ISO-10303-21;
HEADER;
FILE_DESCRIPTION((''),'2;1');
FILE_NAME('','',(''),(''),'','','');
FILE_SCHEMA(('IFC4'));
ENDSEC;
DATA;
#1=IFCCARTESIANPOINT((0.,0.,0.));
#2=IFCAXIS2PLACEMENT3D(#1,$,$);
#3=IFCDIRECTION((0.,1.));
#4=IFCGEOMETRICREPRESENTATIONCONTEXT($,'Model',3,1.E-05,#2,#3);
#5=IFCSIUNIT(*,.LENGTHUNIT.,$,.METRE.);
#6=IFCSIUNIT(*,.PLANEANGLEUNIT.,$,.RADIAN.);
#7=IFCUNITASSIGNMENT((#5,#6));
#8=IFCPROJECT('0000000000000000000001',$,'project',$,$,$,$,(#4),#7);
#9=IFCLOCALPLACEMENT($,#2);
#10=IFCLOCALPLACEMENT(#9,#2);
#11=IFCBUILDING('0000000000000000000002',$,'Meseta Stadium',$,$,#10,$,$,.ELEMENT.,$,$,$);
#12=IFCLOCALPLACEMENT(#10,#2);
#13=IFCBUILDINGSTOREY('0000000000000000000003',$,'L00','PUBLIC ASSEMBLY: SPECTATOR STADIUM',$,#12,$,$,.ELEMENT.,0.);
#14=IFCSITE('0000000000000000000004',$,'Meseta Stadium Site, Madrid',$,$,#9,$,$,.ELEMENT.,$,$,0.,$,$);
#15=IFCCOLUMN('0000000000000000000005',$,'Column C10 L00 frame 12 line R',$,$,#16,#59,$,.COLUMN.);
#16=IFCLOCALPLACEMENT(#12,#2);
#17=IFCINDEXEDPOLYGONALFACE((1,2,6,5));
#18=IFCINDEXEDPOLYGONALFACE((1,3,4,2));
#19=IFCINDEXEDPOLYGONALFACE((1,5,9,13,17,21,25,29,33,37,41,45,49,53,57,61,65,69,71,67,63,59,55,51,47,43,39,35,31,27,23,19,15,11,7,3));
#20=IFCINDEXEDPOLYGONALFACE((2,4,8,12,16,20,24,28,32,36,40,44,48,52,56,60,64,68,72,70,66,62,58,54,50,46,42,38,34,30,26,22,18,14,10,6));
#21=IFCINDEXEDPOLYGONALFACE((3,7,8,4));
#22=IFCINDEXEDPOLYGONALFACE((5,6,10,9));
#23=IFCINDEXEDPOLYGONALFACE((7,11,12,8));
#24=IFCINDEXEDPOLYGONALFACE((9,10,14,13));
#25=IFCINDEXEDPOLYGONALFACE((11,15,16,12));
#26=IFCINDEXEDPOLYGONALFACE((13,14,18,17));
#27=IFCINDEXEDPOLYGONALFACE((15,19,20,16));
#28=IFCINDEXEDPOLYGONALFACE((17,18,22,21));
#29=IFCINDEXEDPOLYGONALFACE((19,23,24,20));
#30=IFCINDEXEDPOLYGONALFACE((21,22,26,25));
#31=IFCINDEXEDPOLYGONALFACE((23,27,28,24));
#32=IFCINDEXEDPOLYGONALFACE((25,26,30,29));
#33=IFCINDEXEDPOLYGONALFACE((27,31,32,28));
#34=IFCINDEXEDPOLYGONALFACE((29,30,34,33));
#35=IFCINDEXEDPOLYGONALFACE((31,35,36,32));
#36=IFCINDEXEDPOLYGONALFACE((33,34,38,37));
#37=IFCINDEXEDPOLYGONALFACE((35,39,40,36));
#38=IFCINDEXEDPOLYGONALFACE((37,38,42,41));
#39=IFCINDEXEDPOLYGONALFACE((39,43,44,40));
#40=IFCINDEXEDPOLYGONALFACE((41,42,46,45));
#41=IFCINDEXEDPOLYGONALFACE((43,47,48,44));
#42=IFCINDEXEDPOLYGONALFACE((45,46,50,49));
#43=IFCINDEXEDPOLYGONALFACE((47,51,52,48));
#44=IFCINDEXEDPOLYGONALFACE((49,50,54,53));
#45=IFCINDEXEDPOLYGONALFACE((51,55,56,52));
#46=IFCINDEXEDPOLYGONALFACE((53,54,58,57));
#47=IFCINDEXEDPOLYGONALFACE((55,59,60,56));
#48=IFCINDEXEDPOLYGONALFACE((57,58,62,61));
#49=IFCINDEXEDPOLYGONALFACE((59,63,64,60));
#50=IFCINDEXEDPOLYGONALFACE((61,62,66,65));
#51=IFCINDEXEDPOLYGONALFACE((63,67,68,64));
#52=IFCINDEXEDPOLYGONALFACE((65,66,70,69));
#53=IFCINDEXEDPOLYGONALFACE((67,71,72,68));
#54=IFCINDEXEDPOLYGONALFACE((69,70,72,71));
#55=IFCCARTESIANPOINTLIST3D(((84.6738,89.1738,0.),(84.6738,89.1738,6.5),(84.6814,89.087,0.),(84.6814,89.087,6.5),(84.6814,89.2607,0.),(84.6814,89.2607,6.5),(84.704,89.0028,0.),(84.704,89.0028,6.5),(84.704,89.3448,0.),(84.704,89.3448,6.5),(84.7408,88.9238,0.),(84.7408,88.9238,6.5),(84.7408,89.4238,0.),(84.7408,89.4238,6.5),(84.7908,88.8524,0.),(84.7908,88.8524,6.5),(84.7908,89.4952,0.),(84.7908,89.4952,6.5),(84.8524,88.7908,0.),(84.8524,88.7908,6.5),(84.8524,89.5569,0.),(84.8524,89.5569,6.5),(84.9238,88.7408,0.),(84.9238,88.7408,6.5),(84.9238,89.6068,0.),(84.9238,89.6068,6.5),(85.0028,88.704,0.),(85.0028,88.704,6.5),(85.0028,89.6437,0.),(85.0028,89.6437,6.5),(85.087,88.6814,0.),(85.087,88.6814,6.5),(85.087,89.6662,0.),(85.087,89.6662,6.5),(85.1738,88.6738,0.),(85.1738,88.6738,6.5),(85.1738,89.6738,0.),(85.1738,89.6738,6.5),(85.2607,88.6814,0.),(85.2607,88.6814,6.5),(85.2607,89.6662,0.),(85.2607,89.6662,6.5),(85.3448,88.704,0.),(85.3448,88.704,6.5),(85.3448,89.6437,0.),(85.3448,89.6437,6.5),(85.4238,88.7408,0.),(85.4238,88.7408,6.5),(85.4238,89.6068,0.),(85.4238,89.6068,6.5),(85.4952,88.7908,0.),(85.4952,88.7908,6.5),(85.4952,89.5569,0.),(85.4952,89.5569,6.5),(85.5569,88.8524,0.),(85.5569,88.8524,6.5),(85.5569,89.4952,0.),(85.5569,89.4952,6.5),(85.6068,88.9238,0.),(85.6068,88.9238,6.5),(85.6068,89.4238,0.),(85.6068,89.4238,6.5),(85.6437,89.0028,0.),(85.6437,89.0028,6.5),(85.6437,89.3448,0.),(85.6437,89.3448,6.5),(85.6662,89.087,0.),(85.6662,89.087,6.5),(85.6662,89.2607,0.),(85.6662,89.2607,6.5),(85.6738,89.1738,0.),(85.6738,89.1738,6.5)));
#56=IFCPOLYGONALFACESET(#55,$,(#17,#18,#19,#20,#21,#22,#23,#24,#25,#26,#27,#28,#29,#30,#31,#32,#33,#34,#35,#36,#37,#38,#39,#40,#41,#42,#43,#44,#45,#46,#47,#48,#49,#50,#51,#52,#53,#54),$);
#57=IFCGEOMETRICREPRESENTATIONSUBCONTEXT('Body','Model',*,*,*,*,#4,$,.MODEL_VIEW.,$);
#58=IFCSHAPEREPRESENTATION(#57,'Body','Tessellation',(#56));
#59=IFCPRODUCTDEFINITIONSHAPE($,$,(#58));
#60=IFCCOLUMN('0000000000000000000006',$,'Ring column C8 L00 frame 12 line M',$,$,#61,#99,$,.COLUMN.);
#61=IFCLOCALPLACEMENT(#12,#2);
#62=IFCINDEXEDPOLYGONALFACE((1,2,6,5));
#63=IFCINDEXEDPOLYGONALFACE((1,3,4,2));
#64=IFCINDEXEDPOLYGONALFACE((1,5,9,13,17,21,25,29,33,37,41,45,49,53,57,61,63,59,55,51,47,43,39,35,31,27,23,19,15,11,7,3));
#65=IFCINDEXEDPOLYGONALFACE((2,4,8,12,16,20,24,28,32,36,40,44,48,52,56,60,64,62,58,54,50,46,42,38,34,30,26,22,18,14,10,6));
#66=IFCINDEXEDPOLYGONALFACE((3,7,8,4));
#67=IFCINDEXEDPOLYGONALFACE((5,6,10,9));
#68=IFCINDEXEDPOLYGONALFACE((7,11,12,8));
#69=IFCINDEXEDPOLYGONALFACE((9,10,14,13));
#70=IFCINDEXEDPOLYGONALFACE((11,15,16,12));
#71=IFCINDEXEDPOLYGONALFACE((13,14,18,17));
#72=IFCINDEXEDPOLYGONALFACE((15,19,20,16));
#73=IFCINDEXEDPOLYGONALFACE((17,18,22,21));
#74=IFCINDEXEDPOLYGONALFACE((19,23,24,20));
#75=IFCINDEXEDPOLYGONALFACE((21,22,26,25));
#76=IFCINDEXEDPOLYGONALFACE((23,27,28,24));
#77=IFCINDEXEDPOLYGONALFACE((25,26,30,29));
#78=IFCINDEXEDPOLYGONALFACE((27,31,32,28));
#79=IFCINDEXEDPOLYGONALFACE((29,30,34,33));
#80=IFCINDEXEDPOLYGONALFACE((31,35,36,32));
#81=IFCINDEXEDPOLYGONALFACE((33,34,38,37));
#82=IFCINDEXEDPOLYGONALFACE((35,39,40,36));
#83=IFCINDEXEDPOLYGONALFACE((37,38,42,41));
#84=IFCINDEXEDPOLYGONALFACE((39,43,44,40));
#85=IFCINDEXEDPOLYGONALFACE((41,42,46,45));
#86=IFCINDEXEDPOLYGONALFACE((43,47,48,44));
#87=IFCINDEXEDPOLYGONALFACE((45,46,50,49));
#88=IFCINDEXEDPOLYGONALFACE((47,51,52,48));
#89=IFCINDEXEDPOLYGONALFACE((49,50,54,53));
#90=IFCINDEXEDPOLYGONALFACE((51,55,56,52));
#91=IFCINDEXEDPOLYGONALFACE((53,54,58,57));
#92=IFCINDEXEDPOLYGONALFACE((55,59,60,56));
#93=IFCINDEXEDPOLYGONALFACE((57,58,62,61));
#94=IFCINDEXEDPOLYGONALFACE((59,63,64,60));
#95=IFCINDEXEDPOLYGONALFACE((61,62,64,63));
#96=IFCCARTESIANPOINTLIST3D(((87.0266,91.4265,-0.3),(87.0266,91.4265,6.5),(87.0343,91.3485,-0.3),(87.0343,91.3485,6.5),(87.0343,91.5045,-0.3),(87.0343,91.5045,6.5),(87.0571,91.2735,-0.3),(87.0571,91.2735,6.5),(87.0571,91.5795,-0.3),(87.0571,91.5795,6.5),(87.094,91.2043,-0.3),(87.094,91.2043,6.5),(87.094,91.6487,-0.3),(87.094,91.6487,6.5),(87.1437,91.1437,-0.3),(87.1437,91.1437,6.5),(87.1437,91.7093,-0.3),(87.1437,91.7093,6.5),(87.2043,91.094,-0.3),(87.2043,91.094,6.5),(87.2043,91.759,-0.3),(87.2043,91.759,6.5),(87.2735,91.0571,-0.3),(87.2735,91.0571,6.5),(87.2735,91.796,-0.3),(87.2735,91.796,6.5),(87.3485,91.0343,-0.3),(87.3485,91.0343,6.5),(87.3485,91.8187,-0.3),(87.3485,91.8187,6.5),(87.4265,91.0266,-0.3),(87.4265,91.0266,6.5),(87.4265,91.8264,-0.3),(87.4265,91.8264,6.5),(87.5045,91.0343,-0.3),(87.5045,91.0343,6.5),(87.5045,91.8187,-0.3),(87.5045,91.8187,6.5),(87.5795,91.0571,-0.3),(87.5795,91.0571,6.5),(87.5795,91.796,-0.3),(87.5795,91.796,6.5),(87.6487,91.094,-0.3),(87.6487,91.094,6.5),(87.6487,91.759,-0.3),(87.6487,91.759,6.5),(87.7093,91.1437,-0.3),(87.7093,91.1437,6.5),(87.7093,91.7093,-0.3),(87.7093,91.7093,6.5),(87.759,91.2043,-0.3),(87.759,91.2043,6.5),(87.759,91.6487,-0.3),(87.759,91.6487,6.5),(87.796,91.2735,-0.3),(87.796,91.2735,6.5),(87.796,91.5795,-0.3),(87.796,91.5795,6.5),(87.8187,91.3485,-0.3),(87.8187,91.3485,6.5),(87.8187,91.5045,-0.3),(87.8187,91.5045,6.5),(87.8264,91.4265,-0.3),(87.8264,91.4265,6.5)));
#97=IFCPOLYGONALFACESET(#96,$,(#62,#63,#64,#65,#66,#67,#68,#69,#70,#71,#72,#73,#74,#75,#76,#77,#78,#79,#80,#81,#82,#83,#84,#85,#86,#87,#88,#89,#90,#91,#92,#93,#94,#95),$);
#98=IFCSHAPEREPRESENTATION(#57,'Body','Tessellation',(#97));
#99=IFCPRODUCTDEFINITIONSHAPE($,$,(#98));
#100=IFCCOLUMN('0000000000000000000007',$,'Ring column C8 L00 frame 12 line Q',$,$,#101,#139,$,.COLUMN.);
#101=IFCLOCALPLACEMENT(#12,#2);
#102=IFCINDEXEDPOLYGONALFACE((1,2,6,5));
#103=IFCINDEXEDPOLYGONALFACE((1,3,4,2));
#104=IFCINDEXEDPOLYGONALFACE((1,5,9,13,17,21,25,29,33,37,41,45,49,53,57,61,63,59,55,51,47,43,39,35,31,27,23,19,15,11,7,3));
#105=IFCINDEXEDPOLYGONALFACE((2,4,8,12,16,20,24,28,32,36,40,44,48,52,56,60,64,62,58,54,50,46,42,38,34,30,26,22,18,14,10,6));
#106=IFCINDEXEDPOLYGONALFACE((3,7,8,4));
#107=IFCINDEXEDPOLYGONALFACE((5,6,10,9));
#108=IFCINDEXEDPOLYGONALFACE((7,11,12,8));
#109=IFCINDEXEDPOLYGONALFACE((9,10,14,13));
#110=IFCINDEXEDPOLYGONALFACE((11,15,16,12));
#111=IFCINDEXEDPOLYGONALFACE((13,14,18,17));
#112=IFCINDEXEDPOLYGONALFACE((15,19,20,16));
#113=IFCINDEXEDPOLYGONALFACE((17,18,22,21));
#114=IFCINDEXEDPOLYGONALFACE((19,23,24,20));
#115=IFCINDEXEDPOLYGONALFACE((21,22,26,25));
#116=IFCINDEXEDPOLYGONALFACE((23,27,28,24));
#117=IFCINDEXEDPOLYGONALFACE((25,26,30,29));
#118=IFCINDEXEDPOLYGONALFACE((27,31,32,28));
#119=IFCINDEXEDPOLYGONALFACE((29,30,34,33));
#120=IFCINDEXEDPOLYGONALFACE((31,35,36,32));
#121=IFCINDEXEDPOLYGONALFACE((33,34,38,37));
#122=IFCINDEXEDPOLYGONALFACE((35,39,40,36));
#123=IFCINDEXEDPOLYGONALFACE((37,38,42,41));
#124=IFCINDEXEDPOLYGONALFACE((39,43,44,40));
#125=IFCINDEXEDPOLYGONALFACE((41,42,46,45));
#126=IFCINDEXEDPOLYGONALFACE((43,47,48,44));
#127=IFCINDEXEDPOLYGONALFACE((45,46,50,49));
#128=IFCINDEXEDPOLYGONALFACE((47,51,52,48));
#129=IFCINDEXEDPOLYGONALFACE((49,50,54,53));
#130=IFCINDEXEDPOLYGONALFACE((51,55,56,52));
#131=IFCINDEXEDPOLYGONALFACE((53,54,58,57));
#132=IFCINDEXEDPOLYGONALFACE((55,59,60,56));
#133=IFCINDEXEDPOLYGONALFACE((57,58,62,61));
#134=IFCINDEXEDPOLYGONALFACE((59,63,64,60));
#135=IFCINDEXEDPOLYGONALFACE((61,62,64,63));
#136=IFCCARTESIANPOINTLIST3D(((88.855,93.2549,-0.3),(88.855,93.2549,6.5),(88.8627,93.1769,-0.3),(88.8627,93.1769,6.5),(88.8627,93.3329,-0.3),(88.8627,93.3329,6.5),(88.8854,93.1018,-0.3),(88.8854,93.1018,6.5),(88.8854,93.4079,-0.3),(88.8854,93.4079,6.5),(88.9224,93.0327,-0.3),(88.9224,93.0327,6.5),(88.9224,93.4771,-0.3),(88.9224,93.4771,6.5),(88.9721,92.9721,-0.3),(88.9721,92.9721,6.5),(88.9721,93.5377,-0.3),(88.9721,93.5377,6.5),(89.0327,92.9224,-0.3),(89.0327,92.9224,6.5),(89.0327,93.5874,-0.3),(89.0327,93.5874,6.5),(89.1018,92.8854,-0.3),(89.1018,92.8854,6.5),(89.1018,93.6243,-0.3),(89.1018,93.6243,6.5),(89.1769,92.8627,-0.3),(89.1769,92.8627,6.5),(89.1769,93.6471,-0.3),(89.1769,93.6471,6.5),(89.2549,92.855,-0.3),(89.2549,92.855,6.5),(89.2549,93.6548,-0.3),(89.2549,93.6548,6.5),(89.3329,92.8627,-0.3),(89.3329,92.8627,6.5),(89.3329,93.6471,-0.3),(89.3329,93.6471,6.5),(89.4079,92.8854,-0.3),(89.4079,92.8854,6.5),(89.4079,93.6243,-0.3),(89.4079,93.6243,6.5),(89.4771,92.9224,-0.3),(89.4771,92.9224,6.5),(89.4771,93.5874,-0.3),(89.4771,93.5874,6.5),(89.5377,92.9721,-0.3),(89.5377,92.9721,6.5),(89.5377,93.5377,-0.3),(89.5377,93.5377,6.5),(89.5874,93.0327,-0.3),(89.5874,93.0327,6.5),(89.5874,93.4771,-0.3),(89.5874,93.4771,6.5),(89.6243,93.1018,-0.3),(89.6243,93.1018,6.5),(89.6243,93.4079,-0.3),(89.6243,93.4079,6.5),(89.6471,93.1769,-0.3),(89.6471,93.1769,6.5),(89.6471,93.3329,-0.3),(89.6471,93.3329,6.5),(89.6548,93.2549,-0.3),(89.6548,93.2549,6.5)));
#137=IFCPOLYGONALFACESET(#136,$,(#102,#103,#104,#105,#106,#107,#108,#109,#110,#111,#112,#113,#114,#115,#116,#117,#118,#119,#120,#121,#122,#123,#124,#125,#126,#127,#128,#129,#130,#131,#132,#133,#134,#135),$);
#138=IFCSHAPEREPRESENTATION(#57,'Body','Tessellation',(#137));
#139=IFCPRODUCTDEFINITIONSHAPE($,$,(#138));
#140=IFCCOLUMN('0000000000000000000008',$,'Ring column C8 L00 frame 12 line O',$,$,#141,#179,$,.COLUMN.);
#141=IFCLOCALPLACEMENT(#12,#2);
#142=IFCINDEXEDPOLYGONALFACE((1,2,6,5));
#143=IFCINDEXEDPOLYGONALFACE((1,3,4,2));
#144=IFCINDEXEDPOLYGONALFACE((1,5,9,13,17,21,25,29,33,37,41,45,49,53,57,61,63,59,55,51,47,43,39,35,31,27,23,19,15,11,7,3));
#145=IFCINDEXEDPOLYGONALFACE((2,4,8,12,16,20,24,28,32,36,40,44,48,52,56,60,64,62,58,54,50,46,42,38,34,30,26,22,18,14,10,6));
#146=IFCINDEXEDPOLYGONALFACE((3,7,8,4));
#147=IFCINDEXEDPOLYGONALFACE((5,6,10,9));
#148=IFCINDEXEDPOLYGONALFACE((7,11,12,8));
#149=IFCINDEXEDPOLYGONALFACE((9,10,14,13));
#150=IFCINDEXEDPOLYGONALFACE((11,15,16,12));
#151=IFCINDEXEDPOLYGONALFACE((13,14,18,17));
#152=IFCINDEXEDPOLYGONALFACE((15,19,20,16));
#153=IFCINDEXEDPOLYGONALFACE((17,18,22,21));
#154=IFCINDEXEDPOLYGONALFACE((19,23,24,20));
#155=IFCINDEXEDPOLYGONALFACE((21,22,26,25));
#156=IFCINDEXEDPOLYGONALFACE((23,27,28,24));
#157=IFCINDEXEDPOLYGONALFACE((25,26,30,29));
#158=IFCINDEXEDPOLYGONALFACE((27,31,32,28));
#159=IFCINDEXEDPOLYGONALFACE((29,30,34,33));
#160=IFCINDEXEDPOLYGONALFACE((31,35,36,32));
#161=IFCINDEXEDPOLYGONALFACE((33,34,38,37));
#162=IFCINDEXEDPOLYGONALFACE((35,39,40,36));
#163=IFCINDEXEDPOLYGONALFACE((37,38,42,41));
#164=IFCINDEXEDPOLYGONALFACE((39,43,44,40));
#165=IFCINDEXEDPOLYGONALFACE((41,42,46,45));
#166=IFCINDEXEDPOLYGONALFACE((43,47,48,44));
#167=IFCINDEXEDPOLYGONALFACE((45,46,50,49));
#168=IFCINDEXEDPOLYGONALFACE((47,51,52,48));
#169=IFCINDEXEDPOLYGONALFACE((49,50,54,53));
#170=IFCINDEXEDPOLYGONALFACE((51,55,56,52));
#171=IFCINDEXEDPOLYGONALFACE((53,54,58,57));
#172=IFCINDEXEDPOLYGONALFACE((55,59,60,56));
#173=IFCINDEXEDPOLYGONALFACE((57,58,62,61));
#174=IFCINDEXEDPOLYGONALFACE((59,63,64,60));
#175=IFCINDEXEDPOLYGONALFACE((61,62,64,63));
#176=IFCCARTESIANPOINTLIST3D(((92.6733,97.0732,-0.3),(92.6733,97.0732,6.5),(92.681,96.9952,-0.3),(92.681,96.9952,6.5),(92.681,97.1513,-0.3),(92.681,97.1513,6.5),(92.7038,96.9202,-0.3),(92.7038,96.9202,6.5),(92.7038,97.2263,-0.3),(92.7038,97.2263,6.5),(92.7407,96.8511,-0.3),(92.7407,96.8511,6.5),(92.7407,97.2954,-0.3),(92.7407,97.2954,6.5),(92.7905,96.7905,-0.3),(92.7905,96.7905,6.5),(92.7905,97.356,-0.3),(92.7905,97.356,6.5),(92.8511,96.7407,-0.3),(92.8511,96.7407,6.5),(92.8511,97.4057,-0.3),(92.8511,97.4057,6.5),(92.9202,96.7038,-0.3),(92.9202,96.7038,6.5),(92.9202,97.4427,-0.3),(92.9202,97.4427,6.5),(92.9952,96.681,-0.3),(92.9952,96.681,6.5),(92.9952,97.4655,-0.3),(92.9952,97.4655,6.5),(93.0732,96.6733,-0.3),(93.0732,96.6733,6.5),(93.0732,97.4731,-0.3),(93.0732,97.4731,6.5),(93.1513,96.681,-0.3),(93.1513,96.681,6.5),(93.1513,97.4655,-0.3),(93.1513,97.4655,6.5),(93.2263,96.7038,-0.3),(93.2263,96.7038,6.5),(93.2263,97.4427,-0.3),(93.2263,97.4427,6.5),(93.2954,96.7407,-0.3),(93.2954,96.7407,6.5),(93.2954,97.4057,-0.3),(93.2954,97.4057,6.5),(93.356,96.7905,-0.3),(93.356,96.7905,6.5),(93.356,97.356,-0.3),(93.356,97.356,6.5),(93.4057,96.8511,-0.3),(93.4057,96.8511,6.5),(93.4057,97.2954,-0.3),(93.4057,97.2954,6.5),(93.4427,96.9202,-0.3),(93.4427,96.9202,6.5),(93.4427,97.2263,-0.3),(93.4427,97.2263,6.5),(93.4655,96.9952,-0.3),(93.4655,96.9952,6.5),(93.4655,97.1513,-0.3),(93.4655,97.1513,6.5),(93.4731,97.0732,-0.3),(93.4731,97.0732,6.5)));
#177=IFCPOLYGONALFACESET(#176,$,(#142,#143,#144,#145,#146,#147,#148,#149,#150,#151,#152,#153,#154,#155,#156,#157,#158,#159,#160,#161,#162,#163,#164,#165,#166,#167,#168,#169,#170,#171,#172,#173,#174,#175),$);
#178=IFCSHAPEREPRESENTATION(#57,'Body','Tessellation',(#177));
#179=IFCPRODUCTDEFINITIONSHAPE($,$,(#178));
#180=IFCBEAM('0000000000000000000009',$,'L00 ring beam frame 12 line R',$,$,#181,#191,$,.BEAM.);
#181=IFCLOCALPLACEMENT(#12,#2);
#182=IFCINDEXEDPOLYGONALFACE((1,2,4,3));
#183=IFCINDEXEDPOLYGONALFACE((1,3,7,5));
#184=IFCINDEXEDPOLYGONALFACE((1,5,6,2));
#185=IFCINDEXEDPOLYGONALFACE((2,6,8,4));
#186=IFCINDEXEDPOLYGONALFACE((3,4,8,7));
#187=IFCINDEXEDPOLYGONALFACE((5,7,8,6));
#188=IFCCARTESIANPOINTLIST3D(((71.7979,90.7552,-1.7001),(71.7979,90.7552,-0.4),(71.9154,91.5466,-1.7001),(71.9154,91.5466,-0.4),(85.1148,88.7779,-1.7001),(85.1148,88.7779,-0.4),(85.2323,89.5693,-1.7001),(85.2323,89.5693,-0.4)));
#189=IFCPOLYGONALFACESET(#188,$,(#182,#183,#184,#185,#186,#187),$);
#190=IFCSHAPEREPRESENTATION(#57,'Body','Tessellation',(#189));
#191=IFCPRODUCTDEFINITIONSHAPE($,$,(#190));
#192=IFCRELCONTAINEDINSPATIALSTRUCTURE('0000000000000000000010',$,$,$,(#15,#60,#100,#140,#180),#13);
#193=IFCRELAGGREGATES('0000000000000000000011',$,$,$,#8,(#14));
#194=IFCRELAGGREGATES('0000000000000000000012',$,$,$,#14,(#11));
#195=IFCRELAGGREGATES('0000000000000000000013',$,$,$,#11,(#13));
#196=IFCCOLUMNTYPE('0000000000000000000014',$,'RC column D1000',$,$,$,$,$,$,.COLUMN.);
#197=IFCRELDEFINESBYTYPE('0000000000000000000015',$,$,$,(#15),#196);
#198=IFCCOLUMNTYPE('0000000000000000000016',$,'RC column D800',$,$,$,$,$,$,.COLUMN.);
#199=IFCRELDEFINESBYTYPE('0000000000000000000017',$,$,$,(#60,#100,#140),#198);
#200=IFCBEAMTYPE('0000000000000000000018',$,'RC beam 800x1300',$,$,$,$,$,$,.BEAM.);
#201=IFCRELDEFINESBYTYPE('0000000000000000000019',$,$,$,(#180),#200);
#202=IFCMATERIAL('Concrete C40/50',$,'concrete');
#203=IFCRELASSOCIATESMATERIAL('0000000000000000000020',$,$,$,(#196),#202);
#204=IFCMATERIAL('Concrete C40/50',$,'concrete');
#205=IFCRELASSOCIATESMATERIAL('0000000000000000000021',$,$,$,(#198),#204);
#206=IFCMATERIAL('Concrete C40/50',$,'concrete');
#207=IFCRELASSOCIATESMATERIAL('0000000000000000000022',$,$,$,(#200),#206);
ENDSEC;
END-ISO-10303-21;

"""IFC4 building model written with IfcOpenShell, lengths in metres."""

from ifc_helpers import new_model, si_unit, direction, frame, origin, origin_2d, place, context, subcontext, project, spatial, rectangle, circle, extrude, material, material_profile, profile_set, type_object, element, save


model = new_model("IFC4")

# Units and contexts
model_context = context("Model", 3, precision=1e-05, world=origin(), true_north=direction((0.0, 1.0)))
body_context = subcontext(model_context, "Body", "Model", "MODEL_VIEW")
ifc_project = project(units=[si_unit("LENGTHUNIT", "METRE"), si_unit("PLANEANGLEUNIT", "RADIAN")], contexts=[model_context])

# Site, building, storey
site_placement = place(None, origin())
site = spatial("IfcSite", under=ifc_project, at=site_placement, Name="Meseta Stadium Site, Madrid", CompositionType="ELEMENT", RefElevation=0.0)
building_placement = place(site_placement, origin())
building = spatial("IfcBuilding", under=site, at=building_placement, Name="Meseta Stadium", CompositionType="ELEMENT")
storey_placement = place(building_placement, origin())
storey = spatial("IfcBuildingStorey", under=building, at=storey_placement, Name="L00", Description="PUBLIC ASSEMBLY: SPECTATOR STADIUM", CompositionType="ELEMENT", Elevation=0.0)

# Columns
ifc_material_1 = material(Name="Concrete C40/50", Category="concrete")
ifc_material_profile_1 = material_profile(ifc_material_1, circle(Radius=0.5, at=origin_2d()), Name="RC D1000")
ifc_profile_set_1 = profile_set([ifc_material_profile_1], Name="Concrete C40/50")
column_type_1 = type_object("IfcColumnType", Name="RC column D1000", PredefinedType="COLUMN", material=ifc_profile_set_1)
column_placement = place(storey_placement, frame((85.1738, 89.1738, 0.0), z_axis=(0.0, 0.0, 1.0), x_axis=(1.0, 0.0, 0.0)))
element("IfcColumn", 1, at=column_placement, inside=storey, type_object=column_type_1, Name="Column C10 L00 frame 12 line R", PredefinedType="COLUMN", context=body_context, shape_type="SweptSolid", body=[
    extrude(circle(Radius=0.5, at=origin_2d()), origin(), (0.0, 0.0, 1.0), 6.5),
])
ifc_material_2 = material(Name="Concrete C40/50", Category="concrete")
ifc_material_profile_2 = material_profile(ifc_material_2, circle(Radius=0.3999, at=origin_2d()), Name="RC D800")
ifc_profile_set_2 = profile_set([ifc_material_profile_2], Name="Concrete C40/50")
column_type_2 = type_object("IfcColumnType", Name="RC column D800", PredefinedType="COLUMN", material=ifc_profile_set_2)
for number, where, z_axis, x_axis, name in (
    (2, (87.4265, 91.4265, -0.3), (0.0, 0.0, 1.0), (1.0, 0.0, 0.0), "Ring column C8 L00 frame 12 line M"),
    (3, (89.2549, 93.2549, -0.3), (0.0, 0.0, 1.0), (1.0, 0.0, 0.0), "Ring column C8 L00 frame 12 line Q"),
    (4, (93.0732, 97.0732, -0.3), (0.0, 0.0, 1.0), (1.0, 0.0, 0.0), "Ring column C8 L00 frame 12 line O"),
):
    element("IfcColumn", number, at=place(storey_placement, frame(where, z_axis=z_axis, x_axis=x_axis)), inside=storey, type_object=column_type_2, Name=name, PredefinedType="COLUMN", context=body_context, shape_type="SweptSolid", body=[
        extrude(circle(Radius=0.3999, at=origin_2d()), origin(), (0.0, 0.0, 1.0), 6.8),
    ])

# Beam
ifc_material_3 = material(Name="Concrete C40/50", Category="concrete")
ifc_material_profile_3 = material_profile(ifc_material_3, rectangle(XDim=0.8, YDim=1.3, at=origin_2d()), Name="RC 800x1300")
ifc_profile_set_3 = profile_set([ifc_material_profile_3], Name="Concrete C40/50")
beam_type = type_object("IfcBeamType", Name="RC beam 800x1300", PredefinedType="BEAM", material=ifc_profile_set_3)
beam_placement = place(storey_placement, frame((85.1736, 89.1736, -1.05), z_axis=(-0.989156, 0.14687, 0.0), x_axis=(-0.14687, -0.989156, 0.0)))
element("IfcBeam", 5, at=beam_placement, inside=storey, type_object=beam_type, Name="L00 ring beam frame 12 line R", PredefinedType="BEAM", context=body_context, shape_type="SweptSolid", body=[
    extrude(rectangle(XDim=0.8, YDim=1.3, at=origin_2d()), origin(), (0.0, 0.0, 1.0), 13.4629),
])

save(model, "model.ifc")
